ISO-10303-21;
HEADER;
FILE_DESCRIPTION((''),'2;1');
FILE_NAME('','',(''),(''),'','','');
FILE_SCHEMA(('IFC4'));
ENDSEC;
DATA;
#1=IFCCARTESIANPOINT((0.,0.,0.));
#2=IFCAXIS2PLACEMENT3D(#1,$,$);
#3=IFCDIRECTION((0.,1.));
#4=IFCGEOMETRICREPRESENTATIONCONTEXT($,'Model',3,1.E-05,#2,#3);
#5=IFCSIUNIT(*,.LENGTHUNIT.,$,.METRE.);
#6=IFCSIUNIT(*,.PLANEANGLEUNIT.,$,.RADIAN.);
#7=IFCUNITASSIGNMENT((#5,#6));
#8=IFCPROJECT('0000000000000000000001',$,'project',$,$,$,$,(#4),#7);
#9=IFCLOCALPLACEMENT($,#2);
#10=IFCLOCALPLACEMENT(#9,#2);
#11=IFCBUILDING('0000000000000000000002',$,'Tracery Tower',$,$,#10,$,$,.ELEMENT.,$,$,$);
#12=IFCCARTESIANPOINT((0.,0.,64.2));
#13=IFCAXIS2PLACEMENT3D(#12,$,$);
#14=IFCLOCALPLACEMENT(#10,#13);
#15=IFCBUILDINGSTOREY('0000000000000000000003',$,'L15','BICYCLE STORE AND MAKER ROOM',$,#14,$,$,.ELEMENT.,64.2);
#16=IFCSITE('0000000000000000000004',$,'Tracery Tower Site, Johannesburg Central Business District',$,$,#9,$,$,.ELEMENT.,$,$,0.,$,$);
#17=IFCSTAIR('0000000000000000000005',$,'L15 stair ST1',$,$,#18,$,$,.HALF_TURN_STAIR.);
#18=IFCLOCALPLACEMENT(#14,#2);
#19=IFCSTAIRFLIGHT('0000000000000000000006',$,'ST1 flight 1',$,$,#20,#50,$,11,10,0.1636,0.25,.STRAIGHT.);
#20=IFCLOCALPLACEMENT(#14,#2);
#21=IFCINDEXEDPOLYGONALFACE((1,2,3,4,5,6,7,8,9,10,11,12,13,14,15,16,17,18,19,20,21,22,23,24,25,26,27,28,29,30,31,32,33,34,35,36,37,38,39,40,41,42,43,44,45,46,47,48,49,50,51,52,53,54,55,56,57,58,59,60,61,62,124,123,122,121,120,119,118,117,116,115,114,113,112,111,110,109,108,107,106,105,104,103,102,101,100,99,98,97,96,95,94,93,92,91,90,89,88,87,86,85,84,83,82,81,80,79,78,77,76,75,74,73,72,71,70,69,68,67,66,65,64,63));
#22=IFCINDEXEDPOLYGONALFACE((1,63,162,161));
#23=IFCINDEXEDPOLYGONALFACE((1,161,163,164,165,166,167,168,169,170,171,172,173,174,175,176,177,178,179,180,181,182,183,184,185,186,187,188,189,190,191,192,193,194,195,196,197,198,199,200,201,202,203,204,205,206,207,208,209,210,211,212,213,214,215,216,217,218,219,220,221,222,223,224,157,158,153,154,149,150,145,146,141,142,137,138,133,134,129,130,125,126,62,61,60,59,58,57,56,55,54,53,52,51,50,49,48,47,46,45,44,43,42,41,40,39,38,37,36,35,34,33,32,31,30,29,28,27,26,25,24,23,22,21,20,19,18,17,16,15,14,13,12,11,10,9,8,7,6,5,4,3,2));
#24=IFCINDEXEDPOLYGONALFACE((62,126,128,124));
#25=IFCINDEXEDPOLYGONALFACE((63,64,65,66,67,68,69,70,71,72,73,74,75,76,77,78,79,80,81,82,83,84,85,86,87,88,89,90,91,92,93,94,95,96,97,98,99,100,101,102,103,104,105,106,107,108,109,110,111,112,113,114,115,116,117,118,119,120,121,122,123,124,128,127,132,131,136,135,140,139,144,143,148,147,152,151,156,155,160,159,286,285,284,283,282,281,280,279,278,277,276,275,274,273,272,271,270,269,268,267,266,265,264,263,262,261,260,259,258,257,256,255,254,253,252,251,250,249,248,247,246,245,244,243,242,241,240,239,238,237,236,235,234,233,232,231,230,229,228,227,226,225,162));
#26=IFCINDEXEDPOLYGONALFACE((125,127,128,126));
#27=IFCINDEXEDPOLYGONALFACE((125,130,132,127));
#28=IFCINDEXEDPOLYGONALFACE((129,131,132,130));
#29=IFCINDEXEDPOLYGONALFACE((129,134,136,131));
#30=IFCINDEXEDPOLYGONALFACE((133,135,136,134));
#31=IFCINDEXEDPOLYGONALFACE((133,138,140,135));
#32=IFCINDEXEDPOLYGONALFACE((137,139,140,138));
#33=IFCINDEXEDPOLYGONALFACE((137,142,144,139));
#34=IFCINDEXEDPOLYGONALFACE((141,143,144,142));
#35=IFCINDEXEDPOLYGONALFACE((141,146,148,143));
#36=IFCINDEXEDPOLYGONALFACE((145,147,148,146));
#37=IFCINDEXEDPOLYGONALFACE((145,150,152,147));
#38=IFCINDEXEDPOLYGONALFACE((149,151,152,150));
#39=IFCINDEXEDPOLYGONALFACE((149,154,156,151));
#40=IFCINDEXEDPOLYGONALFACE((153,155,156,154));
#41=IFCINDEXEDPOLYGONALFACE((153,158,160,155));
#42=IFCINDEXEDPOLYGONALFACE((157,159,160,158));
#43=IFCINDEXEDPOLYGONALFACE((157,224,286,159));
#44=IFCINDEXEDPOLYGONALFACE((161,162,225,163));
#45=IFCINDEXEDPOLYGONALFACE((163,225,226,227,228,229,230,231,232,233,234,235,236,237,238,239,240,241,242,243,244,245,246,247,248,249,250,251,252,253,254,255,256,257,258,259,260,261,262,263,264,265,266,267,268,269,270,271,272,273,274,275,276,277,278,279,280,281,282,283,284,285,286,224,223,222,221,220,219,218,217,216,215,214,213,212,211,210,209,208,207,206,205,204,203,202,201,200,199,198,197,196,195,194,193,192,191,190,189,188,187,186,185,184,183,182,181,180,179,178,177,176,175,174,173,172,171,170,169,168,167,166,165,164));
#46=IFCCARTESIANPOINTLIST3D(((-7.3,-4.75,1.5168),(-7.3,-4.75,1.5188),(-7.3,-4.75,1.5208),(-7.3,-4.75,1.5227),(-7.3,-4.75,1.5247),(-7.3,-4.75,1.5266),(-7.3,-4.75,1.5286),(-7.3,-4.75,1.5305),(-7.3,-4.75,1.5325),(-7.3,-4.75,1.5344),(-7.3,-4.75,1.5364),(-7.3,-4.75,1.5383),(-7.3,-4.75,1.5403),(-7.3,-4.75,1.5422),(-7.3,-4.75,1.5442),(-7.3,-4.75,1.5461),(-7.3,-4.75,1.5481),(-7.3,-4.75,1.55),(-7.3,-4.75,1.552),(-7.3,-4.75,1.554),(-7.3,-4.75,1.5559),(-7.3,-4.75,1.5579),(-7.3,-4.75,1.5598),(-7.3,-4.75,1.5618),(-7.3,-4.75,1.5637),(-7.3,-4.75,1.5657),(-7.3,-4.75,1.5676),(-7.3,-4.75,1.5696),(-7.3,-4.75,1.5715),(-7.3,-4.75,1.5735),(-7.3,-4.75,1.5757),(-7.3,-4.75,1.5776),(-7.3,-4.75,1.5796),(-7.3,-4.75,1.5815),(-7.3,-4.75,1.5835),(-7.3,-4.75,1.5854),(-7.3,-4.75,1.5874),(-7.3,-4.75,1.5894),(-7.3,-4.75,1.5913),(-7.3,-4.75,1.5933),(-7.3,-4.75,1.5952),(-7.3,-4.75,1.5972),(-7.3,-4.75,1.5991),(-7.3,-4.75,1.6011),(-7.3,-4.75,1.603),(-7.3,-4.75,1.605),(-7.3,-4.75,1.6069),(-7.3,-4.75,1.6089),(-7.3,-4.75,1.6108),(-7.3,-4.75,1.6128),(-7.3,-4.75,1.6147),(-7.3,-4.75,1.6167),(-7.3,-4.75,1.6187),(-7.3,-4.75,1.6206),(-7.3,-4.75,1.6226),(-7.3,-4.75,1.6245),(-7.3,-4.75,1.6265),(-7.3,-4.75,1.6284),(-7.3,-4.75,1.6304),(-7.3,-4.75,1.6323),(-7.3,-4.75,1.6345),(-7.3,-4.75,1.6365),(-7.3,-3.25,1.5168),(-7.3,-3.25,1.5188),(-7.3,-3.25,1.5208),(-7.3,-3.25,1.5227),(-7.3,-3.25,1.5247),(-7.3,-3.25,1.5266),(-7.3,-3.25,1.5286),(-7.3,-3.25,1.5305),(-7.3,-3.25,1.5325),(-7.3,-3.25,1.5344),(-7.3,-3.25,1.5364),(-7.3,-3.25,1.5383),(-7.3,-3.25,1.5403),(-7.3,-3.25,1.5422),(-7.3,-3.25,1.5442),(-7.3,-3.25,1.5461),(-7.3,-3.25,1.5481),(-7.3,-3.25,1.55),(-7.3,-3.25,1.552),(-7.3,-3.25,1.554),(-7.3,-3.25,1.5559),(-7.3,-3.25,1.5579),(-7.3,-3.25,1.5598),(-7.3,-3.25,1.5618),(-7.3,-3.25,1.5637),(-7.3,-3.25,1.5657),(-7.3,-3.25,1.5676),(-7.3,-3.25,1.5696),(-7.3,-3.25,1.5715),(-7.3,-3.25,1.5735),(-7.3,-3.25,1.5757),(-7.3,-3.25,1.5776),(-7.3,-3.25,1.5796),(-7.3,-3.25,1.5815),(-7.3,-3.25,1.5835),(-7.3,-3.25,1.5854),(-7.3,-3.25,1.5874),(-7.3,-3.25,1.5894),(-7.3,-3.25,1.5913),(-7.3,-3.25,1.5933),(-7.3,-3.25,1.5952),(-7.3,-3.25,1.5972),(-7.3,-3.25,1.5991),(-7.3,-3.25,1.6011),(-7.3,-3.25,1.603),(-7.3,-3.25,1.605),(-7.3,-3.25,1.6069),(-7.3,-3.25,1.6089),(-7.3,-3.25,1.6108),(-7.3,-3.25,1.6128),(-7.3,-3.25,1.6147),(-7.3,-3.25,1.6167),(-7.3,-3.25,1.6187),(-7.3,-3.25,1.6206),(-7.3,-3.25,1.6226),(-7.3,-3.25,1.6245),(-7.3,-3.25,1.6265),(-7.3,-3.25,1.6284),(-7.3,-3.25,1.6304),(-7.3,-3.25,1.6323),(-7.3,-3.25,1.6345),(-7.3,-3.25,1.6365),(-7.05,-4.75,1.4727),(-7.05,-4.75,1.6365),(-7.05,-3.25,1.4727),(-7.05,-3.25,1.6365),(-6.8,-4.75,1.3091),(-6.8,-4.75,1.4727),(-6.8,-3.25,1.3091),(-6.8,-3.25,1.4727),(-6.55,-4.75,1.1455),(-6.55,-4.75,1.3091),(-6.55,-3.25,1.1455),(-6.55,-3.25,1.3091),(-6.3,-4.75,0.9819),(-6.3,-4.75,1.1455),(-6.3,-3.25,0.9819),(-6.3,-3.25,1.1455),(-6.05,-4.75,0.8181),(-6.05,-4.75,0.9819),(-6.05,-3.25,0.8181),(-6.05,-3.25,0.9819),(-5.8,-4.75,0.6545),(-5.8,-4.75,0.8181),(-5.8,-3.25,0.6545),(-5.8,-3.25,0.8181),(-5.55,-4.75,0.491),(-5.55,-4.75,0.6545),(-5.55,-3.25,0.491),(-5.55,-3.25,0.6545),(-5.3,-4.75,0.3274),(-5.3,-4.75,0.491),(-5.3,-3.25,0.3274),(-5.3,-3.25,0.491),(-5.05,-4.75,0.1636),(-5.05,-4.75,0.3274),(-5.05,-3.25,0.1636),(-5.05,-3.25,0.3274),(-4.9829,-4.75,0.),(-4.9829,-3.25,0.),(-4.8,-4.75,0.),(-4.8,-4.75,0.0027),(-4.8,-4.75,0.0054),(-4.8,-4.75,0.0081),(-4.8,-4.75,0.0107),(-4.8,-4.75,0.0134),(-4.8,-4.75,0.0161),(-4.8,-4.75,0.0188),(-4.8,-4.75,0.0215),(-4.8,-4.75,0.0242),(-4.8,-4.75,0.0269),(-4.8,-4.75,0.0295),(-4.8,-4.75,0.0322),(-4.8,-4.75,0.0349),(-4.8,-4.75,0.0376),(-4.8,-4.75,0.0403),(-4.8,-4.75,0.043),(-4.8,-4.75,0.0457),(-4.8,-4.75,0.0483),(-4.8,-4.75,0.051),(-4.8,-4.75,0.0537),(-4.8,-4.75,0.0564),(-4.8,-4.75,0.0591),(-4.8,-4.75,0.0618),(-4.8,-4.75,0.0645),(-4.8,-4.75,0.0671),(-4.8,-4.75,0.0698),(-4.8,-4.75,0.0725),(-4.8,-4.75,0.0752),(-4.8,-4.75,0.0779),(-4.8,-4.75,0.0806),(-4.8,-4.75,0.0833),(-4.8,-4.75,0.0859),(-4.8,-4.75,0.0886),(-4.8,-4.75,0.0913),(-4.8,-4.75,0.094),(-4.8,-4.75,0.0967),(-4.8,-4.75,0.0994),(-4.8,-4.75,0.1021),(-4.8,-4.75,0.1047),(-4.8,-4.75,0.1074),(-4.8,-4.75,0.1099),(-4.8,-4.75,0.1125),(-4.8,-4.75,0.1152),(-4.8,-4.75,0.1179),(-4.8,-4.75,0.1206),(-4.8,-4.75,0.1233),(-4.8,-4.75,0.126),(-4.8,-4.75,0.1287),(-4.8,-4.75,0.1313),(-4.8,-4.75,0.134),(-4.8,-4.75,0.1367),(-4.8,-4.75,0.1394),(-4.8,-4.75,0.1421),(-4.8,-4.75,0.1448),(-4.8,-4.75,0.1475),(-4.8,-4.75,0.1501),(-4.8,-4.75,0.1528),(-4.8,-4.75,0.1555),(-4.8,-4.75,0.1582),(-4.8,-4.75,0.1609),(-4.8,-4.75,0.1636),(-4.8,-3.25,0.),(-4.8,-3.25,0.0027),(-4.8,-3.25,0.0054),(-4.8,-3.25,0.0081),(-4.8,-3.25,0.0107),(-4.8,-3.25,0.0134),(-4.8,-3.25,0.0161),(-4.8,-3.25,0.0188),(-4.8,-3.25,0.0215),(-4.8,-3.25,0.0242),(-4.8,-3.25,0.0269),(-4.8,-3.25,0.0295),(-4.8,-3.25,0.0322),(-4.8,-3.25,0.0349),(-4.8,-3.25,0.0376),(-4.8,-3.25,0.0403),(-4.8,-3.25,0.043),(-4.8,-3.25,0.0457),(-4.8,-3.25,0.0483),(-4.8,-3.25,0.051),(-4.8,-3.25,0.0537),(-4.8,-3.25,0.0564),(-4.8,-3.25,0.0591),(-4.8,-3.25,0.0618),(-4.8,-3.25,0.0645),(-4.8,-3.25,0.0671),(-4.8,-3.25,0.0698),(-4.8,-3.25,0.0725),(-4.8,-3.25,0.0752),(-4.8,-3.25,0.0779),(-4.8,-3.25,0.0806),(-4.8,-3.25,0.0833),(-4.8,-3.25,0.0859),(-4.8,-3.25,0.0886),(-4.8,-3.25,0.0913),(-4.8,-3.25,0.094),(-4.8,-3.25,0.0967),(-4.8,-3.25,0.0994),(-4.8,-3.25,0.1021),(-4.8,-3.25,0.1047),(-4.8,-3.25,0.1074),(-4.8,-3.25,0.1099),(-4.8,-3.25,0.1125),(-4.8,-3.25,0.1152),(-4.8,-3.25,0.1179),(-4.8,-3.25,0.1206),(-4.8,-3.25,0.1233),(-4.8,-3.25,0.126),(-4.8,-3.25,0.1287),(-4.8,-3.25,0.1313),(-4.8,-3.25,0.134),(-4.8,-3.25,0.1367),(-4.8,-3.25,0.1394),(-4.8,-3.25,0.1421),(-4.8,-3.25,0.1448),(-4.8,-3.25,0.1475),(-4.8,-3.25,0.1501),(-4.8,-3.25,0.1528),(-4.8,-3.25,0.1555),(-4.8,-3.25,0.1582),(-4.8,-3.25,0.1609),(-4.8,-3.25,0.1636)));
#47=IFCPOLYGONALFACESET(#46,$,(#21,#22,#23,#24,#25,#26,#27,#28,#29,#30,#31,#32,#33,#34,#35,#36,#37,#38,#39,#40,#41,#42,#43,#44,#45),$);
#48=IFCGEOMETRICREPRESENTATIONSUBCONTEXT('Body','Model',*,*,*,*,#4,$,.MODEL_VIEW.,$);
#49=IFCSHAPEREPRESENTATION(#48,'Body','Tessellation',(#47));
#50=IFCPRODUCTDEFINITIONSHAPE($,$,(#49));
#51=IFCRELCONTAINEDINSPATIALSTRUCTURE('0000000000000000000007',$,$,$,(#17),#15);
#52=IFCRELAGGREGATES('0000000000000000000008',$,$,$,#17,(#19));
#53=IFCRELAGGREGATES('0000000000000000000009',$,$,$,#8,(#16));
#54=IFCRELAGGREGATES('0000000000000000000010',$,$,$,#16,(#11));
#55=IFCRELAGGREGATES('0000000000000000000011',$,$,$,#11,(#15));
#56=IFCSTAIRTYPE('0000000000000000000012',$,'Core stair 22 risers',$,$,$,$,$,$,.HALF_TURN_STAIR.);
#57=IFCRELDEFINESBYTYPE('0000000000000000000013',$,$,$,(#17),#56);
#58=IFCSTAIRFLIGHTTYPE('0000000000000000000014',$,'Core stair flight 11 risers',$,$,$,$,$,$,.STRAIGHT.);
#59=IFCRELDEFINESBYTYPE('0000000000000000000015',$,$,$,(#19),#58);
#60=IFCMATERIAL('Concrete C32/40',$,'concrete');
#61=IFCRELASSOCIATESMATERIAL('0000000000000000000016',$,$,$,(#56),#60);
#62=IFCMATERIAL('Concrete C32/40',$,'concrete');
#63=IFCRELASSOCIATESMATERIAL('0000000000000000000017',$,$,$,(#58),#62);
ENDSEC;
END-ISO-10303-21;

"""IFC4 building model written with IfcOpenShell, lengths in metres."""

from ifc_helpers import new_model, si_unit, direction, frame, origin, place, context, subcontext, project, spatial, polyline, outline, extrude, material, type_object, element, aggregate, save


model = new_model("IFC4")

# Units and contexts
model_context = context("Model", 3, precision=1e-05, world=origin(), true_north=direction((0.0, 1.0)))
body_context = subcontext(model_context, "Body", "Model", "MODEL_VIEW")
ifc_project = project(units=[si_unit("LENGTHUNIT", "METRE"), si_unit("PLANEANGLEUNIT", "RADIAN")], contexts=[model_context])

# Site, building, storey
site_placement = place(None, origin())
site = spatial("IfcSite", under=ifc_project, at=site_placement, Name="Tracery Tower Site, Johannesburg Central Business District", CompositionType="ELEMENT", RefElevation=0.0)
building_placement = place(site_placement, origin())
building = spatial("IfcBuilding", under=site, at=building_placement, Name="Tracery Tower", CompositionType="ELEMENT")
storey_placement = place(building_placement, frame((0.0, 0.0, 64.2)))
storey = spatial("IfcBuildingStorey", under=building, at=storey_placement, Name="L15", Description="BICYCLE STORE AND MAKER ROOM", CompositionType="ELEMENT", Elevation=64.2)

# Stair, stair flight
ifc_material_1 = material(Name="Concrete C32/40", Category="concrete")
stair_type = type_object("IfcStairType", Name="Core stair 22 risers", PredefinedType="HALF_TURN_STAIR", material=ifc_material_1)
stair_placement = place(storey_placement, origin())
stair = element("IfcStair", 1, at=stair_placement, inside=storey, type_object=stair_type, Name="L15 stair ST1", PredefinedType="HALF_TURN_STAIR")
ifc_material_2 = material(Name="Concrete C32/40", Category="concrete")
stair_flight_type = type_object("IfcStairFlightType", Name="Core stair flight 11 risers", PredefinedType="STRAIGHT", material=ifc_material_2)
stair_flight_1_placement = place(storey_placement, frame((-4.8, -4.0, 0.0), z_axis=(0.0, 0.0, 1.0), x_axis=(-1.0, 0.0, 0.0)))
stair_flight_1 = element("IfcStairFlight", 2, at=stair_flight_1_placement, type_object=stair_flight_type, Name="ST1 flight 1", NumberOfRisers=11, NumberOfTreads=10, PredefinedType="STRAIGHT", RiserHeight=0.1636, TreadLength=0.25, context=body_context, shape_type="SweptSolid", body=[
    extrude(outline(polyline([(0.0, 0.0), (0.0, 0.0027), (0.0, 0.0054), (0.0, 0.0081), (0.0, 0.0107), (0.0, 0.0134), (0.0, 0.0161), (0.0, 0.0188), (0.0, 0.0215), (0.0, 0.0242), (0.0, 0.0269), (0.0, 0.0295), (0.0, 0.0322), (0.0, 0.0349), (0.0, 0.0376), (0.0, 0.0403), (0.0, 0.043), (0.0, 0.0457), (0.0, 0.0483), (0.0, 0.051), (0.0, 0.0537), (0.0, 0.0564), (0.0, 0.0591), (0.0, 0.0618), (0.0, 0.0645), (0.0, 0.0671), (0.0, 0.0698), (0.0, 0.0725), (0.0, 0.0752), (0.0, 0.0779), (0.0, 0.0806), (0.0, 0.0833), (0.0, 0.0859), (0.0, 0.0886), (0.0, 0.0913), (0.0, 0.094), (0.0, 0.0967), (0.0, 0.0994), (0.0, 0.1021), (0.0, 0.1047), (0.0, 0.1074), (0.0, 0.1099), (0.0, 0.1125), (0.0, 0.1152), (0.0, 0.1179), (0.0, 0.1206), (0.0, 0.1233), (0.0, 0.126), (0.0, 0.1287), (0.0, 0.1313), (0.0, 0.134), (0.0, 0.1367), (0.0, 0.1394), (0.0, 0.1421), (0.0, 0.1448), (0.0, 0.1475), (0.0, 0.1501), (0.0, 0.1528), (0.0, 0.1555), (0.0, 0.1582), (0.0, 0.1609), (0.0, 0.1636), (0.25, 0.1636), (0.25, 0.3274), (0.5, 0.3274), (0.5, 0.491), (0.75, 0.491), (0.75, 0.6545), (1.0, 0.6545), (1.0, 0.8181), (1.25, 0.8181), (1.25, 0.9819), (1.5, 0.9819), (1.5, 1.1455), (1.75, 1.1455), (1.75, 1.3091), (2.0, 1.3091), (2.0, 1.4727), (2.25, 1.4727), (2.25, 1.6365), (2.5, 1.6365), (2.5, 1.6345), (2.5, 1.6323), (2.5, 1.6304), (2.5, 1.6284), (2.5, 1.6265), (2.5, 1.6245), (2.5, 1.6226), (2.5, 1.6206), (2.5, 1.6187), (2.5, 1.6167), (2.5, 1.6147), (2.5, 1.6128), (2.5, 1.6108), (2.5, 1.6089), (2.5, 1.6069), (2.5, 1.605), (2.5, 1.603), (2.5, 1.6011), (2.5, 1.5991), (2.5, 1.5972), (2.5, 1.5952), (2.5, 1.5933), (2.5, 1.5913), (2.5, 1.5894), (2.5, 1.5874), (2.5, 1.5854), (2.5, 1.5835), (2.5, 1.5815), (2.5, 1.5796), (2.5, 1.5776), (2.5, 1.5757), (2.5, 1.5735), (2.5, 1.5715), (2.5, 1.5696), (2.5, 1.5676), (2.5, 1.5657), (2.5, 1.5637), (2.5, 1.5618), (2.5, 1.5598), (2.5, 1.5579), (2.5, 1.5559), (2.5, 1.554), (2.5, 1.552), (2.5, 1.55), (2.5, 1.5481), (2.5, 1.5461), (2.5, 1.5442), (2.5, 1.5422), (2.5, 1.5403), (2.5, 1.5383), (2.5, 1.5364), (2.5, 1.5344), (2.5, 1.5325), (2.5, 1.5305), (2.5, 1.5286), (2.5, 1.5266), (2.5, 1.5247), (2.5, 1.5227), (2.5, 1.5208), (2.5, 1.5188), (2.5, 1.5168), (0.1829, 0.0), (0.0, 0.0)])), frame((0.0, 0.75, 0.0), z_axis=(0.0, -1.0, 0.0), x_axis=(1.0, 0.0, 0.0)), (0.0, 0.0, 1.0), 1.5),
])
aggregate(stair, [stair_flight_1])

save(model, "model.ifc")
